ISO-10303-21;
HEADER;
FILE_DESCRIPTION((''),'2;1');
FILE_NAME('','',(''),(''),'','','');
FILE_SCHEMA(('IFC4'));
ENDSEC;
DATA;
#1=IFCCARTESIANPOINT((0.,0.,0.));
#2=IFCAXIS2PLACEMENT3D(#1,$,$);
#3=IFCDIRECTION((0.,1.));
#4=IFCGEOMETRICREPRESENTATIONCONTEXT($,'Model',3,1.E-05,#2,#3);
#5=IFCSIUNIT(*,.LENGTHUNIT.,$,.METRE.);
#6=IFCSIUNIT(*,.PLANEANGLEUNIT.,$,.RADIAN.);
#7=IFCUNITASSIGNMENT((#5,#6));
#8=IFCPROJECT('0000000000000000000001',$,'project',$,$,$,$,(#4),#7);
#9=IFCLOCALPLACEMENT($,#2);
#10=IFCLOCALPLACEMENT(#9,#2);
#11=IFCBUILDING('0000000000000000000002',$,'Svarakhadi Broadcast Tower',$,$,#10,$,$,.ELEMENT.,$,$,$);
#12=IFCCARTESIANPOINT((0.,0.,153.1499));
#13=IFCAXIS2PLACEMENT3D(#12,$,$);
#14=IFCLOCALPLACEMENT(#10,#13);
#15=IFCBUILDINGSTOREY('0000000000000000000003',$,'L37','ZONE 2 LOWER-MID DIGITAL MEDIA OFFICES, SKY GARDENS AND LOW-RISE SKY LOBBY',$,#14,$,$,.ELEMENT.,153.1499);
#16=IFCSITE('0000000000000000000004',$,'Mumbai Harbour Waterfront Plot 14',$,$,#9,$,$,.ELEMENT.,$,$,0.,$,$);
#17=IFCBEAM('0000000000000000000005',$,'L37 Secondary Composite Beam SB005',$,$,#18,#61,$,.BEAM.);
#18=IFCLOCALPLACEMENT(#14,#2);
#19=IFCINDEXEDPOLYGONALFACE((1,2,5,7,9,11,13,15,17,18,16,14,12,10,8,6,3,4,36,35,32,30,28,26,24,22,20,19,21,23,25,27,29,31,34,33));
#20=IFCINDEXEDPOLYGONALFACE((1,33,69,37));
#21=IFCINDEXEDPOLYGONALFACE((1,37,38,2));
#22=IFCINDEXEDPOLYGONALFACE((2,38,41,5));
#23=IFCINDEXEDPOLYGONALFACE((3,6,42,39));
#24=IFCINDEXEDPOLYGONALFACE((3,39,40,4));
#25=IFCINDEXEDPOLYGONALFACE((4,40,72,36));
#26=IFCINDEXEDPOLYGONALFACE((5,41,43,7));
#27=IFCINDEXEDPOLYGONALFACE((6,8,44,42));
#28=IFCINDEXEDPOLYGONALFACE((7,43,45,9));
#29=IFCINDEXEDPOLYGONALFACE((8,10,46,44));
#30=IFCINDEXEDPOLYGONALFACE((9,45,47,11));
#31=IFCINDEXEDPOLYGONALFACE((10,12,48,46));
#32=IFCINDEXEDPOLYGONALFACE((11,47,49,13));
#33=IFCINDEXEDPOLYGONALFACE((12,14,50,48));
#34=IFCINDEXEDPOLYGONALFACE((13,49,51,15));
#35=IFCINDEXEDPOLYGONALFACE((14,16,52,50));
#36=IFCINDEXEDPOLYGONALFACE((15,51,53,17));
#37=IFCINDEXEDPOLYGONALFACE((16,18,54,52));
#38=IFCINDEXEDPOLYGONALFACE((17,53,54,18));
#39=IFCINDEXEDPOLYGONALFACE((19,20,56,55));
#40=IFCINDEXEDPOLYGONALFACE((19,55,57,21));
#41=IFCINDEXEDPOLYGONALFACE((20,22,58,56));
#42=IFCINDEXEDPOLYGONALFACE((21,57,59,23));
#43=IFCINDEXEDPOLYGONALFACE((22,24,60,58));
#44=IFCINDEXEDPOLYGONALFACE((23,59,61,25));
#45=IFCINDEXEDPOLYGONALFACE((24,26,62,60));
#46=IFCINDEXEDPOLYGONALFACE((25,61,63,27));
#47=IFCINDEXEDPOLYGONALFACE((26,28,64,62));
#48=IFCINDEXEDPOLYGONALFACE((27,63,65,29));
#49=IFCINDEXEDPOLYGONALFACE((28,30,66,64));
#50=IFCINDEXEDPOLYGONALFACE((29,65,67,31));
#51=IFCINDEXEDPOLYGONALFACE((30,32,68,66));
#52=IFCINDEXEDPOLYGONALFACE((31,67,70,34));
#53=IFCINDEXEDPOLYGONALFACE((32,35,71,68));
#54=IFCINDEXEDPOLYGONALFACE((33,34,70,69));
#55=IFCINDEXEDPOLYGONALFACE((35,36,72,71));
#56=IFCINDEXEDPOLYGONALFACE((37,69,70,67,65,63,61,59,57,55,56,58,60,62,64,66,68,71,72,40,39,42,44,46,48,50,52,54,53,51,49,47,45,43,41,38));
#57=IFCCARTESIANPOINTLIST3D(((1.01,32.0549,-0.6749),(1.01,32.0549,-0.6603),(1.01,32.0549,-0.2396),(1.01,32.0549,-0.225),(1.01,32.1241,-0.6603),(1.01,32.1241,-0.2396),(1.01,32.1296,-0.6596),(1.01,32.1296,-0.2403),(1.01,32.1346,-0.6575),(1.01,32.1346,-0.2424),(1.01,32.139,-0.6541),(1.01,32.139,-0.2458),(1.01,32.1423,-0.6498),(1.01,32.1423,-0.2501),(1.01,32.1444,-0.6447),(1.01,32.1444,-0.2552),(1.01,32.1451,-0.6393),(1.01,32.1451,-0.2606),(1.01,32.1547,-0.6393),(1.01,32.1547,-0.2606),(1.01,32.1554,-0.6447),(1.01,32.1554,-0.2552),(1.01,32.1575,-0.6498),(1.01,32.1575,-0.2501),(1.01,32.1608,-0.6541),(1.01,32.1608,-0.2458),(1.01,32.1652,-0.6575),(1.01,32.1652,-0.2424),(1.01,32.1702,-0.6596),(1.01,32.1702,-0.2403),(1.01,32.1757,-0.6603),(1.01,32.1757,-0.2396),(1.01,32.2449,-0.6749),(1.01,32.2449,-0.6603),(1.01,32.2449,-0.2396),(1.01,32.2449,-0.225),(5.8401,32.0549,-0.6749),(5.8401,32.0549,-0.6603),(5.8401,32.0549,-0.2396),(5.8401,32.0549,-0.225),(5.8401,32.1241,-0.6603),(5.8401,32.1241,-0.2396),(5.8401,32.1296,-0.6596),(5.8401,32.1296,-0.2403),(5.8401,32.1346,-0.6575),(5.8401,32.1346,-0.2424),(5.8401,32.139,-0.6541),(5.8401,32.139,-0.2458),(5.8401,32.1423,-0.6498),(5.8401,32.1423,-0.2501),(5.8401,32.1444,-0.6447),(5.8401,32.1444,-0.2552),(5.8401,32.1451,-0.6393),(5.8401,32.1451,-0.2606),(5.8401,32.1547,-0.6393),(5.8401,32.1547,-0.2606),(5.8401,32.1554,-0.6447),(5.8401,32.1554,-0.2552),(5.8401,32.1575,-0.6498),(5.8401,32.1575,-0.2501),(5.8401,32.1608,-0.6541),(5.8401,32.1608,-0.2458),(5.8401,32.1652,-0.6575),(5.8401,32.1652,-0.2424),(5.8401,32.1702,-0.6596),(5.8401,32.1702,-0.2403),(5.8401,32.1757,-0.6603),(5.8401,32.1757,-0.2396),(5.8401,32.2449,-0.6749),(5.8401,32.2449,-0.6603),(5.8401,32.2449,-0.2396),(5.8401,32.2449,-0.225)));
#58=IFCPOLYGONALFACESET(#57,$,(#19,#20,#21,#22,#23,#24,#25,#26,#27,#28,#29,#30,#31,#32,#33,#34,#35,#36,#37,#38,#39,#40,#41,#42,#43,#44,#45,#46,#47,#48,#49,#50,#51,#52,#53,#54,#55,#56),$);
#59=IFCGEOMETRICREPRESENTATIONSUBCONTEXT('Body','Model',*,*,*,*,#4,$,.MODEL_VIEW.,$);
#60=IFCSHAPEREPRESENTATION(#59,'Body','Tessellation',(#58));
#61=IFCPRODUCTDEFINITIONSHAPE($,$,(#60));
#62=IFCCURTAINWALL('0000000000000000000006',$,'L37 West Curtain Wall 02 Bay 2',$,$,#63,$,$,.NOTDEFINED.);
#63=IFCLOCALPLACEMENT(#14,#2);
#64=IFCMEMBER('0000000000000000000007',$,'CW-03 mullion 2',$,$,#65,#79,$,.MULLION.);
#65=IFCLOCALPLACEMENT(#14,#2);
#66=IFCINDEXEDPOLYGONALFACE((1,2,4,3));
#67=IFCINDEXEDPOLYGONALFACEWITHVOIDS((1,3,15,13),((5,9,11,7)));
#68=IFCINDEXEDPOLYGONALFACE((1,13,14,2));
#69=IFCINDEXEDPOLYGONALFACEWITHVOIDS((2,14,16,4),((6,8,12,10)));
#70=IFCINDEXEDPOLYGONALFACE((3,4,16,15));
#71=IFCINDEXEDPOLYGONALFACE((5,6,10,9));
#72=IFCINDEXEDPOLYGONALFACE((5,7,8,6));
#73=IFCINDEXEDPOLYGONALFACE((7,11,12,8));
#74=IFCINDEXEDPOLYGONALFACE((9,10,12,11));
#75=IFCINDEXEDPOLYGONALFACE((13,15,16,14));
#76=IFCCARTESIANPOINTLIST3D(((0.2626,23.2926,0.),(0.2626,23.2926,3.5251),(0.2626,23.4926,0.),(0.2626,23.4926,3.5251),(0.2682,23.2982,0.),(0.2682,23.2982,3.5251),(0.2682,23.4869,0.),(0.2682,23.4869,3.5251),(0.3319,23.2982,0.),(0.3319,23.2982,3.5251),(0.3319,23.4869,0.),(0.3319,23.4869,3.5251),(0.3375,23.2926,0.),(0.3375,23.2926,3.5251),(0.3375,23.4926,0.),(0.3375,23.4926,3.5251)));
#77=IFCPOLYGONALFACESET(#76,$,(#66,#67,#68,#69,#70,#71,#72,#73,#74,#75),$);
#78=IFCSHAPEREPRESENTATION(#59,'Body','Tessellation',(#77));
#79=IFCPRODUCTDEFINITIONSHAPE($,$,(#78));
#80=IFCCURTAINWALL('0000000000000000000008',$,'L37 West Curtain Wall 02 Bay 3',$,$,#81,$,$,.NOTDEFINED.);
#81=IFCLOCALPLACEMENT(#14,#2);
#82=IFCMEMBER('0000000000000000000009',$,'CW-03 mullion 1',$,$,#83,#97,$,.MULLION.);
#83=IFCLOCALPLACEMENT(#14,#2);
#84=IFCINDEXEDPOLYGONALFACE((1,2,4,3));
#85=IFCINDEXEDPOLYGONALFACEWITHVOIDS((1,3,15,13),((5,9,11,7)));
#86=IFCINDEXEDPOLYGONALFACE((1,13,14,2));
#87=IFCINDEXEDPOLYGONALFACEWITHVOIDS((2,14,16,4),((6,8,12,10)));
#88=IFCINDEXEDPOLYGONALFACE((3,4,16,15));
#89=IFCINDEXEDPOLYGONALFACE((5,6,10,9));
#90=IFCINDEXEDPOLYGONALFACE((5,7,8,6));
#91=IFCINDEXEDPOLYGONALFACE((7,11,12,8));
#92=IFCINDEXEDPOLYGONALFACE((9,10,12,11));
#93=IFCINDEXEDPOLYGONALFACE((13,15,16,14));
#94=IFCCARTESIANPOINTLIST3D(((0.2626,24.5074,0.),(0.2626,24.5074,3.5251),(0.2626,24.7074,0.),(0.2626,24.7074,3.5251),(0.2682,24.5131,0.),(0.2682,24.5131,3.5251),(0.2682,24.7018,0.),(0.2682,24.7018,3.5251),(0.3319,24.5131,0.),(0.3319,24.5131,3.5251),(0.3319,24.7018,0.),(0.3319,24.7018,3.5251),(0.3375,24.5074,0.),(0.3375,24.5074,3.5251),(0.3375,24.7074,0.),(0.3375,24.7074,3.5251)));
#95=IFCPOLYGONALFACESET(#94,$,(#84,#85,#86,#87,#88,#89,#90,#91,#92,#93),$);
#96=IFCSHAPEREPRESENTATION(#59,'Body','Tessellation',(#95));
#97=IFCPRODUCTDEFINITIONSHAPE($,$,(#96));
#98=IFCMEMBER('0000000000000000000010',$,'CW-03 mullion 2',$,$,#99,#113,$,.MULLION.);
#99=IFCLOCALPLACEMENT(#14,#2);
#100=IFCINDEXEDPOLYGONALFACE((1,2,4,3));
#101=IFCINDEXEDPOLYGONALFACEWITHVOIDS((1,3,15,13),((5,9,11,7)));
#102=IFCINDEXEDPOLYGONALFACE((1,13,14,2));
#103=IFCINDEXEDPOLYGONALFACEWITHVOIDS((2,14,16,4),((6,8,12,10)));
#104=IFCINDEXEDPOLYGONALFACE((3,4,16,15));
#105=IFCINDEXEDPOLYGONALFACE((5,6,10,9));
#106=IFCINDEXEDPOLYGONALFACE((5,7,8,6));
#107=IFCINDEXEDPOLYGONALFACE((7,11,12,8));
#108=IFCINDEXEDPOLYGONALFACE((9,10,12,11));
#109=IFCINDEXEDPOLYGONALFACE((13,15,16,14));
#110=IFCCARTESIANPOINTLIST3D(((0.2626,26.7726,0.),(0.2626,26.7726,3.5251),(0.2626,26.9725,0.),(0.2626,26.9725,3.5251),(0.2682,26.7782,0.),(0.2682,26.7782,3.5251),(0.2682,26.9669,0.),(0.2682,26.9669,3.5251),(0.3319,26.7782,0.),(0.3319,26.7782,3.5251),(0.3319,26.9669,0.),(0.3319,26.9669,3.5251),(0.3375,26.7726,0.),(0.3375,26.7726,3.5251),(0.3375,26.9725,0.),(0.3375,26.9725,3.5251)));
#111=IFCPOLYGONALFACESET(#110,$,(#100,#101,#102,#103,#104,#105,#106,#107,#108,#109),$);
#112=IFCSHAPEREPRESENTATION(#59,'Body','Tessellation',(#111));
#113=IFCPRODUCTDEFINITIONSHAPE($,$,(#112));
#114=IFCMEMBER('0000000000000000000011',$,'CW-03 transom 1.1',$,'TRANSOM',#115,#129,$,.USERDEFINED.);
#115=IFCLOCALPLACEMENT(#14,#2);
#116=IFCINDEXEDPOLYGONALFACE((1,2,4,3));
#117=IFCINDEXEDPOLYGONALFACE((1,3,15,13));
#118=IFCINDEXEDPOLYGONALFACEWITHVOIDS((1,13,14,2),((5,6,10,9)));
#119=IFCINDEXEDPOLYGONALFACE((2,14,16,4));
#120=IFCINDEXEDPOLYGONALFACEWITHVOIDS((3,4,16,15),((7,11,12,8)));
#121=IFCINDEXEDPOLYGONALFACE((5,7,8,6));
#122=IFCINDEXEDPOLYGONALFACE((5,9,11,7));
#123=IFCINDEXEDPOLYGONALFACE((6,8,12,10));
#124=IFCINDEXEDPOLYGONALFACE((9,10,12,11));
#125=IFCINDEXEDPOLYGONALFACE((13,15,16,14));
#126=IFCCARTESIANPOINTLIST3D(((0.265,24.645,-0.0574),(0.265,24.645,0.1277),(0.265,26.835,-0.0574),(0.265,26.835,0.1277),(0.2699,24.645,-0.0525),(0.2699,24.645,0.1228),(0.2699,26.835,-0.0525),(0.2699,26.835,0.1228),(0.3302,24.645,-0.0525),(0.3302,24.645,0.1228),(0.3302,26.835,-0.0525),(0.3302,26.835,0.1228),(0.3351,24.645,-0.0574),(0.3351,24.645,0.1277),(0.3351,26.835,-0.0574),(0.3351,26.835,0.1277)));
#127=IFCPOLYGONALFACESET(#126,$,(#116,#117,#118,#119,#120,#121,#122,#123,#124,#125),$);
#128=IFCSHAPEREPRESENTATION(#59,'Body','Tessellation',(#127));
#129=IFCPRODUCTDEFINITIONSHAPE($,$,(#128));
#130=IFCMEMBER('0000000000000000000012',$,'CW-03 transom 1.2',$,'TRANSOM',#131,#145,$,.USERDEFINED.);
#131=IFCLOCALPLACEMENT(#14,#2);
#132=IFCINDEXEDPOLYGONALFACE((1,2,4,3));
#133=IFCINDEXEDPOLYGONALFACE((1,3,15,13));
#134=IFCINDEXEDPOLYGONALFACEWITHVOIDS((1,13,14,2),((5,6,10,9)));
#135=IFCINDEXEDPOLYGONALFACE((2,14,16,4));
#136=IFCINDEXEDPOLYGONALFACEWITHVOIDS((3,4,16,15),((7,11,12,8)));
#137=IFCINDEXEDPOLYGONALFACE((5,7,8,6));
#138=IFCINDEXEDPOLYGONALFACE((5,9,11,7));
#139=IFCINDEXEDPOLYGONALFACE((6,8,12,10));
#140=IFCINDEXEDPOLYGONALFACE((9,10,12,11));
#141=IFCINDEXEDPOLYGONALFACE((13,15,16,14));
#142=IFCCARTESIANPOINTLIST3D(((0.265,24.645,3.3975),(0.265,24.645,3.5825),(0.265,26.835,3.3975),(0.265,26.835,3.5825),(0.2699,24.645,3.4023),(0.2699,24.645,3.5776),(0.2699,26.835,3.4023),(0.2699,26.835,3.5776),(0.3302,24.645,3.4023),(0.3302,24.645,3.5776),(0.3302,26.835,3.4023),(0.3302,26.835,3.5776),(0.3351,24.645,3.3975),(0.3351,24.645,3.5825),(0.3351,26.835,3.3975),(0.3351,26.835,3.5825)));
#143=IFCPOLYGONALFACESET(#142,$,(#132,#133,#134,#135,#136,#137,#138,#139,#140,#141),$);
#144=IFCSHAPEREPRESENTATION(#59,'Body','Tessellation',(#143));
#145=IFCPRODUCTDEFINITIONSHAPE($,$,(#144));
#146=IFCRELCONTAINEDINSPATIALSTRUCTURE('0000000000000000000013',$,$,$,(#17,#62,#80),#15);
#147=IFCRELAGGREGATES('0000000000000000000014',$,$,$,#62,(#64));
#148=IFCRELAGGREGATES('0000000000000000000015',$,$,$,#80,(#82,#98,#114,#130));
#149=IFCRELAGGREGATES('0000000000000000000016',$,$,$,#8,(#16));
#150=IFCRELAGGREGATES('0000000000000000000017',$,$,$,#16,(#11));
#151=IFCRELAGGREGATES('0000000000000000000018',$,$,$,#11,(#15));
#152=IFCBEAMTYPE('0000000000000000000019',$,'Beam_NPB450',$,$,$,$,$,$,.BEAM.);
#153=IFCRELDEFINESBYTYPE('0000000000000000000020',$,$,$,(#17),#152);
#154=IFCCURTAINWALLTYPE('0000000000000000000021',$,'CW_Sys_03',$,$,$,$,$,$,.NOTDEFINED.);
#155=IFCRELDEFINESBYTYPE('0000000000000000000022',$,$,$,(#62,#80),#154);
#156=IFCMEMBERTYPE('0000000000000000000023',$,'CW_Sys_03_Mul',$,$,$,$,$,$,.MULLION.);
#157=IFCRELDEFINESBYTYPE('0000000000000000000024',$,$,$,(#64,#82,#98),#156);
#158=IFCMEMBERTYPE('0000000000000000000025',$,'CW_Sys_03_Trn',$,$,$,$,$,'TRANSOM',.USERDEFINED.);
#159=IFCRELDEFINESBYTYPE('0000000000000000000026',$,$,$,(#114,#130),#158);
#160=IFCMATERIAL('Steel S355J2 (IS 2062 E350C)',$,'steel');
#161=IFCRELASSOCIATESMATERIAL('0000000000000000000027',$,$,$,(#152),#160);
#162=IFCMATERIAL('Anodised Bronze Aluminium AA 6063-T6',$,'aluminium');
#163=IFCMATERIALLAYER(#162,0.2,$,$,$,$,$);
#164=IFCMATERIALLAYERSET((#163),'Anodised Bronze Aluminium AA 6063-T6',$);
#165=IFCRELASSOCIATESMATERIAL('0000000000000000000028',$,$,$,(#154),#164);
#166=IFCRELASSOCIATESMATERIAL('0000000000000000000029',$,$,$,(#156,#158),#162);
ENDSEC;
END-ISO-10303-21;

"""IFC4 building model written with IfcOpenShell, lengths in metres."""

from ifc_helpers import new_model, si_unit, direction, frame, origin, origin_2d, place, context, subcontext, project, spatial, hollow_rectangle, i_section, extrude, material, layer, layer_set, material_profile, profile_set, type_object, element, aggregate, save


model = new_model("IFC4")

# Units and contexts
model_context = context("Model", 3, precision=1e-05, world=origin(), true_north=direction((0.0, 1.0)))
body_context = subcontext(model_context, "Body", "Model", "MODEL_VIEW")
ifc_project = project(units=[si_unit("LENGTHUNIT", "METRE"), si_unit("PLANEANGLEUNIT", "RADIAN")], contexts=[model_context])

# Site, building, storey
site_placement = place(None, origin())
site = spatial("IfcSite", under=ifc_project, at=site_placement, Name="Mumbai Harbour Waterfront Plot 14", CompositionType="ELEMENT", RefElevation=0.0)
building_placement = place(site_placement, origin())
building = spatial("IfcBuilding", under=site, at=building_placement, Name="Svarakhadi Broadcast Tower", CompositionType="ELEMENT")
storey_placement = place(building_placement, frame((0.0, 0.0, 153.1499)))
storey = spatial("IfcBuildingStorey", under=building, at=storey_placement, Name="L37", Description="ZONE 2 LOWER-MID DIGITAL MEDIA OFFICES, SKY GARDENS AND LOW-RISE SKY LOBBY", CompositionType="ELEMENT", Elevation=153.1499)

# Beam
ifc_material_1 = material(Name="Steel S355J2 (IS 2062 E350C)", Category="steel")
ifc_material_profile_1 = material_profile(ifc_material_1, i_section(OverallWidth=0.1899, OverallDepth=0.45, WebThickness=0.0095, FlangeThickness=0.0146, FilletRadius=0.021, at=origin_2d()), Name="NPB 450x190x78")
ifc_profile_set_1 = profile_set([ifc_material_profile_1], Name="Steel S355J2 (IS 2062 E350C)")
beam_type_1 = type_object("IfcBeamType", Name="Beam_NPB450", PredefinedType="BEAM", material=ifc_profile_set_1)
for number, where, z_axis, x_axis, name in (
    (1, (1.01, 32.1499, -0.45), (1.0, 0.0, 0.0), (0.0, 1.0, 0.0), "L37 Secondary Composite Beam SB005"),
):
    element("IfcBeam", number, at=place(storey_placement, frame(where, z_axis=z_axis, x_axis=x_axis)), inside=storey, type_object=beam_type_1, Name=name, PredefinedType="BEAM", context=body_context, shape_type="SweptSolid", body=[
        extrude(i_section(OverallWidth=0.1899, OverallDepth=0.45, WebThickness=0.0095, FlangeThickness=0.0146, FilletRadius=0.021, at=origin_2d()), origin(), (0.0, 0.0, 1.0), 4.8301),
    ])

# Curtain wall, member
ifc_material_2 = material(Name="Anodised Bronze Aluminium AA 6063-T6", Category="aluminium")
ifc_layer_1 = layer(ifc_material_2, 0.2)
ifc_layer_set_1 = layer_set([ifc_layer_1], Name="Anodised Bronze Aluminium AA 6063-T6")
curtain_wall_type = type_object("IfcCurtainWallType", Name="CW_Sys_03", PredefinedType="NOTDEFINED", material=ifc_layer_set_1)
curtain_wall_1_placement = place(storey_placement, origin())
curtain_wall_1 = element("IfcCurtainWall", 2, at=curtain_wall_1_placement, inside=storey, type_object=curtain_wall_type, Name="L37 West Curtain Wall 02 Bay 2", PredefinedType="NOTDEFINED")
ifc_material_profile_2 = material_profile(ifc_material_2, hollow_rectangle(XDim=0.075, YDim=0.2, WallThickness=0.0056, at=origin_2d()), Name="ALU MULLION 200x75x6")
ifc_profile_set_2 = profile_set([ifc_material_profile_2], Name="Anodised Bronze Aluminium AA 6063-T6")
member_type_1 = type_object("IfcMemberType", Name="CW_Sys_03_Mul", PredefinedType="MULLION", material=ifc_profile_set_2)
member_1_placement = place(storey_placement, frame((0.3, 23.3926, 0.0), z_axis=(0.0, 0.0, 1.0), x_axis=(-1.0, 0.0, 0.0)))
member_1 = element("IfcMember", 3, at=member_1_placement, type_object=member_type_1, Name="CW-03 mullion 2", PredefinedType="MULLION", context=body_context, shape_type="SweptSolid", body=[
    extrude(hollow_rectangle(XDim=0.075, YDim=0.2, WallThickness=0.0056, at=origin_2d()), origin(), (0.0, 0.0, 1.0), 3.5251),
])
aggregate(curtain_wall_1, [member_1])

# Curtain wall, members
curtain_wall_2_placement = place(storey_placement, origin())
curtain_wall_2 = element("IfcCurtainWall", 4, at=curtain_wall_2_placement, inside=storey, type_object=curtain_wall_type, Name="L37 West Curtain Wall 02 Bay 3", PredefinedType="NOTDEFINED")
member_2_placement = place(storey_placement, frame((0.3, 24.6074, 0.0), z_axis=(0.0, 0.0, 1.0), x_axis=(-1.0, 0.0, 0.0)))
member_2 = element("IfcMember", 5, at=member_2_placement, type_object=member_type_1, Name="CW-03 mullion 1", PredefinedType="MULLION", context=body_context, shape_type="SweptSolid", body=[
    extrude(hollow_rectangle(XDim=0.075, YDim=0.2, WallThickness=0.0056, at=origin_2d()), origin(), (0.0, 0.0, 1.0), 3.5251),
])
member_3_placement = place(storey_placement, frame((0.3, 26.8726, 0.0), z_axis=(0.0, 0.0, 1.0), x_axis=(-1.0, 0.0, 0.0)))
member_3 = element("IfcMember", 6, at=member_3_placement, type_object=member_type_1, Name="CW-03 mullion 2", PredefinedType="MULLION", context=body_context, shape_type="SweptSolid", body=[
    extrude(hollow_rectangle(XDim=0.075, YDim=0.2, WallThickness=0.0056, at=origin_2d()), origin(), (0.0, 0.0, 1.0), 3.5251),
])
ifc_material_profile_3 = material_profile(ifc_material_2, hollow_rectangle(XDim=0.0701, YDim=0.1851, WallThickness=0.0049, at=origin_2d()), Name="ALU TRANSOM 185x70x5")
ifc_profile_set_3 = profile_set([ifc_material_profile_3], Name="Anodised Bronze Aluminium AA 6063-T6")
member_type_2 = type_object("IfcMemberType", Name="CW_Sys_03_Trn", ElementType="TRANSOM", PredefinedType="USERDEFINED", material=ifc_profile_set_3)
member_4_placement = place(storey_placement, frame((0.3, 24.645, 0.0352), z_axis=(0.0, 1.0, 0.0), x_axis=(-1.0, 0.0, 0.0)))
member_4 = element("IfcMember", 7, at=member_4_placement, type_object=member_type_2, Name="CW-03 transom 1.1", ObjectType="TRANSOM", PredefinedType="USERDEFINED", context=body_context, shape_type="SweptSolid", body=[
    extrude(hollow_rectangle(XDim=0.0701, YDim=0.1851, WallThickness=0.0049, at=origin_2d()), origin(), (0.0, 0.0, 1.0), 2.1899),
])
member_5_placement = place(storey_placement, frame((0.3, 24.645, 3.49), z_axis=(0.0, 1.0, 0.0), x_axis=(-1.0, 0.0, 0.0)))
member_5 = element("IfcMember", 8, at=member_5_placement, type_object=member_type_2, Name="CW-03 transom 1.2", ObjectType="TRANSOM", PredefinedType="USERDEFINED", context=body_context, shape_type="SweptSolid", body=[
    extrude(hollow_rectangle(XDim=0.0701, YDim=0.1851, WallThickness=0.0049, at=origin_2d()), origin(), (0.0, 0.0, 1.0), 2.1899),
])

aggregate(curtain_wall_2, [member_2, member_3, member_4, member_5])

save(model, "model.ifc")
